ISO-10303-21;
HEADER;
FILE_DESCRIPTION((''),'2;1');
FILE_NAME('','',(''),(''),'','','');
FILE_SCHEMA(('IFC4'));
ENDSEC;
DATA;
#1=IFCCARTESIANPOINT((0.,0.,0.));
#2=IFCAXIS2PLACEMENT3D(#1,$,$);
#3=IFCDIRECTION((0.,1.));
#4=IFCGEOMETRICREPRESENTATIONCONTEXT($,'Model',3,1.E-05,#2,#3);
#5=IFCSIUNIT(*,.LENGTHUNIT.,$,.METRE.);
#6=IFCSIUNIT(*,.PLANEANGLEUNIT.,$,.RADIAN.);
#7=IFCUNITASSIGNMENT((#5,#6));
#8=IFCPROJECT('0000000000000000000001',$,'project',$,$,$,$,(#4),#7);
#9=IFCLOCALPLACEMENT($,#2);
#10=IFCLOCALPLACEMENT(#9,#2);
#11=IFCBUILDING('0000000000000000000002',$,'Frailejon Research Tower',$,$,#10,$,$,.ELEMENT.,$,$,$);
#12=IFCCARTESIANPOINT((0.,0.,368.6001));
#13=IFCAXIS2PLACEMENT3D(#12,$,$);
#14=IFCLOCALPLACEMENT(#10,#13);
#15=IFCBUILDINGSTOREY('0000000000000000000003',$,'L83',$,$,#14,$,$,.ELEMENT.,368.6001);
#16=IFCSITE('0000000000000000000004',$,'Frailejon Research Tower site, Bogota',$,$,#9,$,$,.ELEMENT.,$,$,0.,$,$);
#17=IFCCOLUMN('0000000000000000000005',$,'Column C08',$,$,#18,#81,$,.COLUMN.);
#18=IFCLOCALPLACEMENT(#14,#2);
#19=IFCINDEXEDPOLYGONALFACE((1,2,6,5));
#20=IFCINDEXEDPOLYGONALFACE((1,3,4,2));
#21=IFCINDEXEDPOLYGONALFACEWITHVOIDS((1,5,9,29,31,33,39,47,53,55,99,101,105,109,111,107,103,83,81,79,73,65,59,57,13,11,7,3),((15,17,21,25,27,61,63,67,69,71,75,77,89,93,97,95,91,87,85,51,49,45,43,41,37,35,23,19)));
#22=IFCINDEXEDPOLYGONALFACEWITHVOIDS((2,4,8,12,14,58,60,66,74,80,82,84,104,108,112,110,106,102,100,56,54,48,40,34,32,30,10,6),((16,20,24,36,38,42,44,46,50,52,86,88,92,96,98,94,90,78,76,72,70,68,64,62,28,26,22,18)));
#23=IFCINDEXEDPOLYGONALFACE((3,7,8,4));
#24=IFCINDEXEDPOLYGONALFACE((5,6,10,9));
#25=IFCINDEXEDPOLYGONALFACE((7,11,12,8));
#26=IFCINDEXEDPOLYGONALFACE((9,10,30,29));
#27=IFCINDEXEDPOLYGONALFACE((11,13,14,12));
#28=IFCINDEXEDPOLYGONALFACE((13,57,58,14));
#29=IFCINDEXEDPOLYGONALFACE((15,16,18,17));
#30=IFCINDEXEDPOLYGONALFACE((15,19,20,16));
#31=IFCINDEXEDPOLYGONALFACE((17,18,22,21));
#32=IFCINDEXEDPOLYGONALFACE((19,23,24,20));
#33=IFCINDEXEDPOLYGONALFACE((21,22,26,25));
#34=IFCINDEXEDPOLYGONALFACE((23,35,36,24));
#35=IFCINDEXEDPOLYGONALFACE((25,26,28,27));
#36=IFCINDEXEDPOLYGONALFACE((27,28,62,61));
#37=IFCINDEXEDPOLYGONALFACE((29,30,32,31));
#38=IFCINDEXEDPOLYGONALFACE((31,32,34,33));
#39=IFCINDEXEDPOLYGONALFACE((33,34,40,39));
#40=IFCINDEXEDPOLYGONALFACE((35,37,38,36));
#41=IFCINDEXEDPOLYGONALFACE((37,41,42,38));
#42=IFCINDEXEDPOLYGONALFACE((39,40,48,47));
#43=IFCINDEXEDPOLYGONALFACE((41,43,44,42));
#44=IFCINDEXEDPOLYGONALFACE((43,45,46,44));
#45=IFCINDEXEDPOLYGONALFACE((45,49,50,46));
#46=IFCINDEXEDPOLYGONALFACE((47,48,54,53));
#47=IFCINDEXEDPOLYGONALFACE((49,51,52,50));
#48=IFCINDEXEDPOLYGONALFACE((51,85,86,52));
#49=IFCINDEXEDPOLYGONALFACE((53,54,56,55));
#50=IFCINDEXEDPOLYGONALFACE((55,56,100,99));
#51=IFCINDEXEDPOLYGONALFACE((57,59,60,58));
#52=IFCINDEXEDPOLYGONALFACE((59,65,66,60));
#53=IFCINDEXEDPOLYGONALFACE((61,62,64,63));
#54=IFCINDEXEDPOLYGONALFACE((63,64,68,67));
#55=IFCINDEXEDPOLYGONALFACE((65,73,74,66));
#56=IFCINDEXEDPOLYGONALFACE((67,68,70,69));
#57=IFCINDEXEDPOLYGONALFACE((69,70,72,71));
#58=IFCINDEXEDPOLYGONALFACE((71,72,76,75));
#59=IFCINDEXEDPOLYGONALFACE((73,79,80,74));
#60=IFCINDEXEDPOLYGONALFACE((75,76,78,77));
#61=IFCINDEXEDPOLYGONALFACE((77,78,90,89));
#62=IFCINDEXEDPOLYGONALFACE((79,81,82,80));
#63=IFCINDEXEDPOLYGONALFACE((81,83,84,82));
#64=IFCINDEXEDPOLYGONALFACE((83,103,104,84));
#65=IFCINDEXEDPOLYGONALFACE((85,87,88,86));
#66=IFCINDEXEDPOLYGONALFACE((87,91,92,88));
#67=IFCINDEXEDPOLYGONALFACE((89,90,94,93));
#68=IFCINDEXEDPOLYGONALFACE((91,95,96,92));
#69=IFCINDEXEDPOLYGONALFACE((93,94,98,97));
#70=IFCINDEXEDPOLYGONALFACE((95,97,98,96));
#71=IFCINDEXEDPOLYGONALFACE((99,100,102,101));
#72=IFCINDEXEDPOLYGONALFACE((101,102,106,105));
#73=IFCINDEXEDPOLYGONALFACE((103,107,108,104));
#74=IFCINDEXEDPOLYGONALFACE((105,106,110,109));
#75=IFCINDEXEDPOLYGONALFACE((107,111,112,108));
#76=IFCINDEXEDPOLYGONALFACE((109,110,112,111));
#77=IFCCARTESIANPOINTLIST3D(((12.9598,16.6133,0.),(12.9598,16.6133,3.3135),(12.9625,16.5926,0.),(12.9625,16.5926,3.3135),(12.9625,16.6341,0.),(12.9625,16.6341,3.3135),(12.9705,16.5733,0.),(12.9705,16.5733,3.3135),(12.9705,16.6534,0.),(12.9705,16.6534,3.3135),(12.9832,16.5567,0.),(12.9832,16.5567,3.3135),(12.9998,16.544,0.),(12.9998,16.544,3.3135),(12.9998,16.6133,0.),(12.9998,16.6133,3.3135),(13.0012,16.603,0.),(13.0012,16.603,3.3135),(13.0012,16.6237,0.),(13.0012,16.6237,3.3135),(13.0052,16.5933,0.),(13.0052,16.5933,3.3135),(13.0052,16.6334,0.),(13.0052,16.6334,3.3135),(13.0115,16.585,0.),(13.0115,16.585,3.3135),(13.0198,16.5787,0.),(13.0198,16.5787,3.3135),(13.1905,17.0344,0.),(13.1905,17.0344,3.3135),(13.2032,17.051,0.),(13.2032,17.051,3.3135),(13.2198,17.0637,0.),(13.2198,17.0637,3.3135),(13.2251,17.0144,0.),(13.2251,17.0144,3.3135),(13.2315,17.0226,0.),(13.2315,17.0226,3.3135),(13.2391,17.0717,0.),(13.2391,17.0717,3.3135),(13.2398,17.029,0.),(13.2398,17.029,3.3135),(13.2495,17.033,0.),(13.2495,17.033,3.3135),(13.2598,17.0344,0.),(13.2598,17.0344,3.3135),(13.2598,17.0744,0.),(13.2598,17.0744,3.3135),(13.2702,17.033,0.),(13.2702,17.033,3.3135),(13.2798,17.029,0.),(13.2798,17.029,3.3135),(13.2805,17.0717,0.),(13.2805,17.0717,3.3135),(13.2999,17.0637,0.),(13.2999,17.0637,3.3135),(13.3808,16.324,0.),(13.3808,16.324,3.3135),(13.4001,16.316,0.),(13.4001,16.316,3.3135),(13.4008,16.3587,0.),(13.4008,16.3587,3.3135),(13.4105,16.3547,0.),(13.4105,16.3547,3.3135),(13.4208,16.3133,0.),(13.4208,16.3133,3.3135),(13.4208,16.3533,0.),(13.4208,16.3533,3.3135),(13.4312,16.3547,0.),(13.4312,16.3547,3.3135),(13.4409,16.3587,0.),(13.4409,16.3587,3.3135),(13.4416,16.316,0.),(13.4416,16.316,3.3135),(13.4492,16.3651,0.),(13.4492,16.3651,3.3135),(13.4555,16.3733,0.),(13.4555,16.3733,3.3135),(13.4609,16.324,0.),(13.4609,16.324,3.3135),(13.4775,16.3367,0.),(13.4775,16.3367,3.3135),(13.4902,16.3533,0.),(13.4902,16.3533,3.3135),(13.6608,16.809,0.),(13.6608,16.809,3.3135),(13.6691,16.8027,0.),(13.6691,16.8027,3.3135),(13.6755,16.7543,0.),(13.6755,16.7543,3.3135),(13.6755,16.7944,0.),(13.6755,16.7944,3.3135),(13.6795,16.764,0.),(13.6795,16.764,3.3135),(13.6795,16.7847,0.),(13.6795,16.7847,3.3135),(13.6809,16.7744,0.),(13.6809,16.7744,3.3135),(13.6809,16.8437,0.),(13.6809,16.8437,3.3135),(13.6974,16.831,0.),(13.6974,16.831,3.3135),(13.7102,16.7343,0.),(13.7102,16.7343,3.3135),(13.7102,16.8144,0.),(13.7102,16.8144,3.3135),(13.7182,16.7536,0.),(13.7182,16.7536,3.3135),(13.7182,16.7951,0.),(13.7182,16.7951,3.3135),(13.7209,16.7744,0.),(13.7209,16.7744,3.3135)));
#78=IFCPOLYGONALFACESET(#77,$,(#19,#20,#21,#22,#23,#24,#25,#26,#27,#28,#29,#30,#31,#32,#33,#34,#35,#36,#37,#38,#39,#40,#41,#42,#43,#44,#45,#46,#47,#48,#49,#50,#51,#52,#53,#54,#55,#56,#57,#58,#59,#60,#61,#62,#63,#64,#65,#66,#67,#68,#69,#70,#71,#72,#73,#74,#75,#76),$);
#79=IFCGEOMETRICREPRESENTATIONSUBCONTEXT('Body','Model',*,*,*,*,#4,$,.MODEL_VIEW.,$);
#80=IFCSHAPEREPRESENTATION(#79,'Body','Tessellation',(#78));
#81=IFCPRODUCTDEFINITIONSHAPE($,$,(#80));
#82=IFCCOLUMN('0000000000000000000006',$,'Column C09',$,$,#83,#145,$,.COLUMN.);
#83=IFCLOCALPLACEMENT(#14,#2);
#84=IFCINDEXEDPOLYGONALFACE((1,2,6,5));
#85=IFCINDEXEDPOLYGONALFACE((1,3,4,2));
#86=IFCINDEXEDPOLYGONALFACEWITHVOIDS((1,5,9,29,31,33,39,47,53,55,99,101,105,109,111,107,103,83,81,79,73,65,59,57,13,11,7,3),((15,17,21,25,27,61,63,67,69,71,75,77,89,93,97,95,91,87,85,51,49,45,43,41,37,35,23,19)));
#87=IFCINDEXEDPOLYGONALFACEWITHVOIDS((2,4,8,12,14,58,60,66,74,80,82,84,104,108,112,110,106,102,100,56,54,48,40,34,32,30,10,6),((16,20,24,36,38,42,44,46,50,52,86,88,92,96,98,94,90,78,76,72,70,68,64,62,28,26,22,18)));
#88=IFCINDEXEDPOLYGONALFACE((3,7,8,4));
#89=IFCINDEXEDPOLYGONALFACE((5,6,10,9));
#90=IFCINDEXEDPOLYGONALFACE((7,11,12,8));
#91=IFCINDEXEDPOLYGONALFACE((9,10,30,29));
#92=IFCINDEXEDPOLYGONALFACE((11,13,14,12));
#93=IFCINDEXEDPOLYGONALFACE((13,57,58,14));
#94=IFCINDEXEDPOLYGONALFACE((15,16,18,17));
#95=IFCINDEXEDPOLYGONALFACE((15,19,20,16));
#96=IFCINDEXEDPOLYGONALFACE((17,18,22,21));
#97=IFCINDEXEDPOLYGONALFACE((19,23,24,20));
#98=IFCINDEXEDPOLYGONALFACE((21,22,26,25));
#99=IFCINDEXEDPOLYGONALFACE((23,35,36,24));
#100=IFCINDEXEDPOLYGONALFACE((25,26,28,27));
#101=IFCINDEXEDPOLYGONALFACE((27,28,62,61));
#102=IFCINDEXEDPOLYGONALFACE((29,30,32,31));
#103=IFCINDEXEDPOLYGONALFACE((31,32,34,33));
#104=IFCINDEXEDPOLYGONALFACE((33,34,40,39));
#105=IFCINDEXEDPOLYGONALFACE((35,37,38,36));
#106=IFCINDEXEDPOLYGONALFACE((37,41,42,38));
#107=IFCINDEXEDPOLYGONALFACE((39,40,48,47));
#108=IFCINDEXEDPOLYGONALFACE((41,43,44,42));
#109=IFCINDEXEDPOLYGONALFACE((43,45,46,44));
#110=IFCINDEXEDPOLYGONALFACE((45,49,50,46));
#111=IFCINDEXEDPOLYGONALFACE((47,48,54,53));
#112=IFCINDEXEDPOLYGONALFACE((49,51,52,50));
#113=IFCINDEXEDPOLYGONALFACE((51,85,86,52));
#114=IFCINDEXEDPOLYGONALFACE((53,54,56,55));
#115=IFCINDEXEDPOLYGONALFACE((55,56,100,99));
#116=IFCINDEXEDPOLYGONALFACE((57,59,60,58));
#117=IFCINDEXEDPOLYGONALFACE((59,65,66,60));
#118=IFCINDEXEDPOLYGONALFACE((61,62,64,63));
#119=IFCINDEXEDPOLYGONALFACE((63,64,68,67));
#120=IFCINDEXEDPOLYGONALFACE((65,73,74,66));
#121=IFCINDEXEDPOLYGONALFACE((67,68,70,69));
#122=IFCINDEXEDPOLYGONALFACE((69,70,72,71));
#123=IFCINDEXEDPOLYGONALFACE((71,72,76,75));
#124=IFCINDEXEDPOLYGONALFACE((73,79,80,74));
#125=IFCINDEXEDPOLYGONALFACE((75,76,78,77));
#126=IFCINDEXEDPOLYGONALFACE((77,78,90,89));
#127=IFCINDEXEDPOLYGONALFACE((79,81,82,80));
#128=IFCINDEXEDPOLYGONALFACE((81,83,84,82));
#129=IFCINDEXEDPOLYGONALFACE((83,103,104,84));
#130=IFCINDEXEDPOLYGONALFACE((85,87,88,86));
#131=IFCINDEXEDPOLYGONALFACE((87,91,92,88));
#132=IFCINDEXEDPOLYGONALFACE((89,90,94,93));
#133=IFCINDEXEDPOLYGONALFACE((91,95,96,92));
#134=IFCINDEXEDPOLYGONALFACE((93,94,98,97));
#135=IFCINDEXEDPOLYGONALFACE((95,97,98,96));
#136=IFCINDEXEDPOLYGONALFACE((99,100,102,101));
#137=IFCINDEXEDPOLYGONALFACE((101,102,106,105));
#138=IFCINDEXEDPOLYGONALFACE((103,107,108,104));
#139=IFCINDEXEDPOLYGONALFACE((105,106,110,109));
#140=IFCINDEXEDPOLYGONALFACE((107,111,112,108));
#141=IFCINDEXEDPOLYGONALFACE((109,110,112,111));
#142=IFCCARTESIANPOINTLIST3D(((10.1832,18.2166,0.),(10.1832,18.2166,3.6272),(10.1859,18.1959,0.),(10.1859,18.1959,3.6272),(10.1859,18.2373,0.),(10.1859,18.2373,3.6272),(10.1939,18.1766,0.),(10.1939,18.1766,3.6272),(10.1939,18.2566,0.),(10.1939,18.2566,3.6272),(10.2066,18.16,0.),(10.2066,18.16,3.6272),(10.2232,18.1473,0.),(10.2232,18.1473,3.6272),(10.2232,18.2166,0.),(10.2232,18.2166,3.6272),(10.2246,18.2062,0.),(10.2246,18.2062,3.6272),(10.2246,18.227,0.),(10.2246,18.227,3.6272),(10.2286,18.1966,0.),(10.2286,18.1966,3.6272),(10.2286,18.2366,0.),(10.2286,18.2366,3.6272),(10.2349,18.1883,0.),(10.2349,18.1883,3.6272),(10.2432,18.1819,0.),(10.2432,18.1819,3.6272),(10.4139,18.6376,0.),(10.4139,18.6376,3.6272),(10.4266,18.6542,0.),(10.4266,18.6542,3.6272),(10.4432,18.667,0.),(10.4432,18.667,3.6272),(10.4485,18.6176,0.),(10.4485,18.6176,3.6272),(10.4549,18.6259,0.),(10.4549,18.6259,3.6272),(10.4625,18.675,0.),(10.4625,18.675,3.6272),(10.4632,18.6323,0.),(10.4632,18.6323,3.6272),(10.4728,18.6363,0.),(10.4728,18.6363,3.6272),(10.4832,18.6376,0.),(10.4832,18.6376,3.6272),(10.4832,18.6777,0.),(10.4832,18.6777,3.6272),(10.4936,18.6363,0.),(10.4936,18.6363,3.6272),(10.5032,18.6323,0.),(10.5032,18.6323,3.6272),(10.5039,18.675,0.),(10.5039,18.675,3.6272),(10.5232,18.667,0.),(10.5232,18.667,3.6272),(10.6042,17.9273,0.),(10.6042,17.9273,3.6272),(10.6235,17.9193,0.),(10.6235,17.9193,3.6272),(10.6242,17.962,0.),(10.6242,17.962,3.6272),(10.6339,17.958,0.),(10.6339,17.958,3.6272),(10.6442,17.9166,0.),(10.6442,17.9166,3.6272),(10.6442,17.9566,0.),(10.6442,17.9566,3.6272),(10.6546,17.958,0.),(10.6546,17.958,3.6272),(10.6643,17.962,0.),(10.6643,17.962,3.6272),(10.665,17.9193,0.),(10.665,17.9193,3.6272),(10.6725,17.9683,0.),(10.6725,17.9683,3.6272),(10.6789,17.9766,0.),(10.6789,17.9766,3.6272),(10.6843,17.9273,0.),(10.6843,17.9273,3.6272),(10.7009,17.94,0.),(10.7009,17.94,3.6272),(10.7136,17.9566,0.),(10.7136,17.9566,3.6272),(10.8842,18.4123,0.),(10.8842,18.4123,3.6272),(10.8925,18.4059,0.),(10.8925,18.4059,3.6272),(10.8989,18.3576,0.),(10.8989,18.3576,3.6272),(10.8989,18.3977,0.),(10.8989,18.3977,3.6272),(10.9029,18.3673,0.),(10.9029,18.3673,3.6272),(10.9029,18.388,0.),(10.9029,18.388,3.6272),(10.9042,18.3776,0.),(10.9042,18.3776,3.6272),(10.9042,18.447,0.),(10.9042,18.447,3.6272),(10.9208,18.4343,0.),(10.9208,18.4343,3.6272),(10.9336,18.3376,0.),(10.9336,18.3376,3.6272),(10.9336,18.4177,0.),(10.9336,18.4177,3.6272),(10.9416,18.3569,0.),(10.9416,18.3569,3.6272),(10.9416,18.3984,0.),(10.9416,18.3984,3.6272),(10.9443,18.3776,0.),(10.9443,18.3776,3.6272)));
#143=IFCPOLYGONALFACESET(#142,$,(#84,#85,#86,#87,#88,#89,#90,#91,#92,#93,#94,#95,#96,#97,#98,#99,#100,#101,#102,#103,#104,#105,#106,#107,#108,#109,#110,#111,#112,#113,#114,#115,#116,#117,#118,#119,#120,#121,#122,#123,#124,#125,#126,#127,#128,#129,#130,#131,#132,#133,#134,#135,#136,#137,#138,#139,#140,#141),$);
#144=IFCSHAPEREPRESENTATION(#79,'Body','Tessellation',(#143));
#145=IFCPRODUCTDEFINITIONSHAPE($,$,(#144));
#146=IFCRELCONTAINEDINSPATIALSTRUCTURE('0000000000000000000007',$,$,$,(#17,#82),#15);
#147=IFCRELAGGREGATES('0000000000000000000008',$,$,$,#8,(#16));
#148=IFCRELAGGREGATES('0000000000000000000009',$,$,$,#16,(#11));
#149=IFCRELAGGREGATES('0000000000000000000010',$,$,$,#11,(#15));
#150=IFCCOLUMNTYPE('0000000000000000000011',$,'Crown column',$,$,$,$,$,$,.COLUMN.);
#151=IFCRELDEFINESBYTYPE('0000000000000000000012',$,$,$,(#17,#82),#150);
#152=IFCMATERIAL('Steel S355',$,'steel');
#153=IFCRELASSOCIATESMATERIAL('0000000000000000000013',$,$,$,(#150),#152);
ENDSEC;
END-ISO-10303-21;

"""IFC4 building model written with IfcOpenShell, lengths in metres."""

from ifc_helpers import new_model, si_unit, direction, frame, origin, origin_2d, place, context, subcontext, project, spatial, hollow_rectangle, extrude, material, material_profile, profile_set, type_object, element, save


model = new_model("IFC4")

# Units and contexts
model_context = context("Model", 3, precision=1e-05, world=origin(), true_north=direction((0.0, 1.0)))
body_context = subcontext(model_context, "Body", "Model", "MODEL_VIEW")
ifc_project = project(units=[si_unit("LENGTHUNIT", "METRE"), si_unit("PLANEANGLEUNIT", "RADIAN")], contexts=[model_context])

# Site, building, storey
site_placement = place(None, origin())
site = spatial("IfcSite", under=ifc_project, at=site_placement, Name="Frailejon Research Tower site, Bogota", CompositionType="ELEMENT", RefElevation=0.0)
building_placement = place(site_placement, origin())
building = spatial("IfcBuilding", under=site, at=building_placement, Name="Frailejon Research Tower", CompositionType="ELEMENT")
storey_placement = place(building_placement, frame((0.0, 0.0, 368.6001)))
storey = spatial("IfcBuildingStorey", under=building, at=storey_placement, Name="L83", CompositionType="ELEMENT", Elevation=368.6001)

# Columns
ifc_material_1 = material(Name="Steel S355", Category="steel")
ifc_material_profile_1 = material_profile(ifc_material_1, hollow_rectangle(XDim=0.6001, YDim=0.6001, WallThickness=0.04, InnerFilletRadius=0.04, OuterFilletRadius=0.0801, at=origin_2d()), Name="Crown column")
ifc_profile_set_1 = profile_set([ifc_material_profile_1], Name="Steel S355")
column_type = type_object("IfcColumnType", Name="Crown column", PredefinedType="COLUMN", material=ifc_profile_set_1)
column_1_placement = place(storey_placement, frame((13.3403, 16.6938, 0.0), z_axis=(0.0, 0.0, 1.0), x_axis=(-0.866025, 0.5, 0.0)))
element("IfcColumn", 1, at=column_1_placement, inside=storey, type_object=column_type, Name="Column C08", PredefinedType="COLUMN", context=body_context, shape_type="SweptSolid", body=[
    extrude(hollow_rectangle(XDim=0.6001, YDim=0.6001, WallThickness=0.04, InnerFilletRadius=0.04, OuterFilletRadius=0.0801, at=origin_2d()), origin(), (0.0, 0.0, 1.0), 3.3135),
])
column_2_placement = place(storey_placement, frame((10.5637, 18.2971, 0.0), z_axis=(0.0, 0.0, 1.0), x_axis=(-0.866025, 0.5, 0.0)))
element("IfcColumn", 2, at=column_2_placement, inside=storey, type_object=column_type, Name="Column C09", PredefinedType="COLUMN", context=body_context, shape_type="SweptSolid", body=[
    extrude(hollow_rectangle(XDim=0.6001, YDim=0.6001, WallThickness=0.04, InnerFilletRadius=0.04, OuterFilletRadius=0.0801, at=origin_2d()), origin(), (0.0, 0.0, 1.0), 3.6272),
])

save(model, "model.ifc")
